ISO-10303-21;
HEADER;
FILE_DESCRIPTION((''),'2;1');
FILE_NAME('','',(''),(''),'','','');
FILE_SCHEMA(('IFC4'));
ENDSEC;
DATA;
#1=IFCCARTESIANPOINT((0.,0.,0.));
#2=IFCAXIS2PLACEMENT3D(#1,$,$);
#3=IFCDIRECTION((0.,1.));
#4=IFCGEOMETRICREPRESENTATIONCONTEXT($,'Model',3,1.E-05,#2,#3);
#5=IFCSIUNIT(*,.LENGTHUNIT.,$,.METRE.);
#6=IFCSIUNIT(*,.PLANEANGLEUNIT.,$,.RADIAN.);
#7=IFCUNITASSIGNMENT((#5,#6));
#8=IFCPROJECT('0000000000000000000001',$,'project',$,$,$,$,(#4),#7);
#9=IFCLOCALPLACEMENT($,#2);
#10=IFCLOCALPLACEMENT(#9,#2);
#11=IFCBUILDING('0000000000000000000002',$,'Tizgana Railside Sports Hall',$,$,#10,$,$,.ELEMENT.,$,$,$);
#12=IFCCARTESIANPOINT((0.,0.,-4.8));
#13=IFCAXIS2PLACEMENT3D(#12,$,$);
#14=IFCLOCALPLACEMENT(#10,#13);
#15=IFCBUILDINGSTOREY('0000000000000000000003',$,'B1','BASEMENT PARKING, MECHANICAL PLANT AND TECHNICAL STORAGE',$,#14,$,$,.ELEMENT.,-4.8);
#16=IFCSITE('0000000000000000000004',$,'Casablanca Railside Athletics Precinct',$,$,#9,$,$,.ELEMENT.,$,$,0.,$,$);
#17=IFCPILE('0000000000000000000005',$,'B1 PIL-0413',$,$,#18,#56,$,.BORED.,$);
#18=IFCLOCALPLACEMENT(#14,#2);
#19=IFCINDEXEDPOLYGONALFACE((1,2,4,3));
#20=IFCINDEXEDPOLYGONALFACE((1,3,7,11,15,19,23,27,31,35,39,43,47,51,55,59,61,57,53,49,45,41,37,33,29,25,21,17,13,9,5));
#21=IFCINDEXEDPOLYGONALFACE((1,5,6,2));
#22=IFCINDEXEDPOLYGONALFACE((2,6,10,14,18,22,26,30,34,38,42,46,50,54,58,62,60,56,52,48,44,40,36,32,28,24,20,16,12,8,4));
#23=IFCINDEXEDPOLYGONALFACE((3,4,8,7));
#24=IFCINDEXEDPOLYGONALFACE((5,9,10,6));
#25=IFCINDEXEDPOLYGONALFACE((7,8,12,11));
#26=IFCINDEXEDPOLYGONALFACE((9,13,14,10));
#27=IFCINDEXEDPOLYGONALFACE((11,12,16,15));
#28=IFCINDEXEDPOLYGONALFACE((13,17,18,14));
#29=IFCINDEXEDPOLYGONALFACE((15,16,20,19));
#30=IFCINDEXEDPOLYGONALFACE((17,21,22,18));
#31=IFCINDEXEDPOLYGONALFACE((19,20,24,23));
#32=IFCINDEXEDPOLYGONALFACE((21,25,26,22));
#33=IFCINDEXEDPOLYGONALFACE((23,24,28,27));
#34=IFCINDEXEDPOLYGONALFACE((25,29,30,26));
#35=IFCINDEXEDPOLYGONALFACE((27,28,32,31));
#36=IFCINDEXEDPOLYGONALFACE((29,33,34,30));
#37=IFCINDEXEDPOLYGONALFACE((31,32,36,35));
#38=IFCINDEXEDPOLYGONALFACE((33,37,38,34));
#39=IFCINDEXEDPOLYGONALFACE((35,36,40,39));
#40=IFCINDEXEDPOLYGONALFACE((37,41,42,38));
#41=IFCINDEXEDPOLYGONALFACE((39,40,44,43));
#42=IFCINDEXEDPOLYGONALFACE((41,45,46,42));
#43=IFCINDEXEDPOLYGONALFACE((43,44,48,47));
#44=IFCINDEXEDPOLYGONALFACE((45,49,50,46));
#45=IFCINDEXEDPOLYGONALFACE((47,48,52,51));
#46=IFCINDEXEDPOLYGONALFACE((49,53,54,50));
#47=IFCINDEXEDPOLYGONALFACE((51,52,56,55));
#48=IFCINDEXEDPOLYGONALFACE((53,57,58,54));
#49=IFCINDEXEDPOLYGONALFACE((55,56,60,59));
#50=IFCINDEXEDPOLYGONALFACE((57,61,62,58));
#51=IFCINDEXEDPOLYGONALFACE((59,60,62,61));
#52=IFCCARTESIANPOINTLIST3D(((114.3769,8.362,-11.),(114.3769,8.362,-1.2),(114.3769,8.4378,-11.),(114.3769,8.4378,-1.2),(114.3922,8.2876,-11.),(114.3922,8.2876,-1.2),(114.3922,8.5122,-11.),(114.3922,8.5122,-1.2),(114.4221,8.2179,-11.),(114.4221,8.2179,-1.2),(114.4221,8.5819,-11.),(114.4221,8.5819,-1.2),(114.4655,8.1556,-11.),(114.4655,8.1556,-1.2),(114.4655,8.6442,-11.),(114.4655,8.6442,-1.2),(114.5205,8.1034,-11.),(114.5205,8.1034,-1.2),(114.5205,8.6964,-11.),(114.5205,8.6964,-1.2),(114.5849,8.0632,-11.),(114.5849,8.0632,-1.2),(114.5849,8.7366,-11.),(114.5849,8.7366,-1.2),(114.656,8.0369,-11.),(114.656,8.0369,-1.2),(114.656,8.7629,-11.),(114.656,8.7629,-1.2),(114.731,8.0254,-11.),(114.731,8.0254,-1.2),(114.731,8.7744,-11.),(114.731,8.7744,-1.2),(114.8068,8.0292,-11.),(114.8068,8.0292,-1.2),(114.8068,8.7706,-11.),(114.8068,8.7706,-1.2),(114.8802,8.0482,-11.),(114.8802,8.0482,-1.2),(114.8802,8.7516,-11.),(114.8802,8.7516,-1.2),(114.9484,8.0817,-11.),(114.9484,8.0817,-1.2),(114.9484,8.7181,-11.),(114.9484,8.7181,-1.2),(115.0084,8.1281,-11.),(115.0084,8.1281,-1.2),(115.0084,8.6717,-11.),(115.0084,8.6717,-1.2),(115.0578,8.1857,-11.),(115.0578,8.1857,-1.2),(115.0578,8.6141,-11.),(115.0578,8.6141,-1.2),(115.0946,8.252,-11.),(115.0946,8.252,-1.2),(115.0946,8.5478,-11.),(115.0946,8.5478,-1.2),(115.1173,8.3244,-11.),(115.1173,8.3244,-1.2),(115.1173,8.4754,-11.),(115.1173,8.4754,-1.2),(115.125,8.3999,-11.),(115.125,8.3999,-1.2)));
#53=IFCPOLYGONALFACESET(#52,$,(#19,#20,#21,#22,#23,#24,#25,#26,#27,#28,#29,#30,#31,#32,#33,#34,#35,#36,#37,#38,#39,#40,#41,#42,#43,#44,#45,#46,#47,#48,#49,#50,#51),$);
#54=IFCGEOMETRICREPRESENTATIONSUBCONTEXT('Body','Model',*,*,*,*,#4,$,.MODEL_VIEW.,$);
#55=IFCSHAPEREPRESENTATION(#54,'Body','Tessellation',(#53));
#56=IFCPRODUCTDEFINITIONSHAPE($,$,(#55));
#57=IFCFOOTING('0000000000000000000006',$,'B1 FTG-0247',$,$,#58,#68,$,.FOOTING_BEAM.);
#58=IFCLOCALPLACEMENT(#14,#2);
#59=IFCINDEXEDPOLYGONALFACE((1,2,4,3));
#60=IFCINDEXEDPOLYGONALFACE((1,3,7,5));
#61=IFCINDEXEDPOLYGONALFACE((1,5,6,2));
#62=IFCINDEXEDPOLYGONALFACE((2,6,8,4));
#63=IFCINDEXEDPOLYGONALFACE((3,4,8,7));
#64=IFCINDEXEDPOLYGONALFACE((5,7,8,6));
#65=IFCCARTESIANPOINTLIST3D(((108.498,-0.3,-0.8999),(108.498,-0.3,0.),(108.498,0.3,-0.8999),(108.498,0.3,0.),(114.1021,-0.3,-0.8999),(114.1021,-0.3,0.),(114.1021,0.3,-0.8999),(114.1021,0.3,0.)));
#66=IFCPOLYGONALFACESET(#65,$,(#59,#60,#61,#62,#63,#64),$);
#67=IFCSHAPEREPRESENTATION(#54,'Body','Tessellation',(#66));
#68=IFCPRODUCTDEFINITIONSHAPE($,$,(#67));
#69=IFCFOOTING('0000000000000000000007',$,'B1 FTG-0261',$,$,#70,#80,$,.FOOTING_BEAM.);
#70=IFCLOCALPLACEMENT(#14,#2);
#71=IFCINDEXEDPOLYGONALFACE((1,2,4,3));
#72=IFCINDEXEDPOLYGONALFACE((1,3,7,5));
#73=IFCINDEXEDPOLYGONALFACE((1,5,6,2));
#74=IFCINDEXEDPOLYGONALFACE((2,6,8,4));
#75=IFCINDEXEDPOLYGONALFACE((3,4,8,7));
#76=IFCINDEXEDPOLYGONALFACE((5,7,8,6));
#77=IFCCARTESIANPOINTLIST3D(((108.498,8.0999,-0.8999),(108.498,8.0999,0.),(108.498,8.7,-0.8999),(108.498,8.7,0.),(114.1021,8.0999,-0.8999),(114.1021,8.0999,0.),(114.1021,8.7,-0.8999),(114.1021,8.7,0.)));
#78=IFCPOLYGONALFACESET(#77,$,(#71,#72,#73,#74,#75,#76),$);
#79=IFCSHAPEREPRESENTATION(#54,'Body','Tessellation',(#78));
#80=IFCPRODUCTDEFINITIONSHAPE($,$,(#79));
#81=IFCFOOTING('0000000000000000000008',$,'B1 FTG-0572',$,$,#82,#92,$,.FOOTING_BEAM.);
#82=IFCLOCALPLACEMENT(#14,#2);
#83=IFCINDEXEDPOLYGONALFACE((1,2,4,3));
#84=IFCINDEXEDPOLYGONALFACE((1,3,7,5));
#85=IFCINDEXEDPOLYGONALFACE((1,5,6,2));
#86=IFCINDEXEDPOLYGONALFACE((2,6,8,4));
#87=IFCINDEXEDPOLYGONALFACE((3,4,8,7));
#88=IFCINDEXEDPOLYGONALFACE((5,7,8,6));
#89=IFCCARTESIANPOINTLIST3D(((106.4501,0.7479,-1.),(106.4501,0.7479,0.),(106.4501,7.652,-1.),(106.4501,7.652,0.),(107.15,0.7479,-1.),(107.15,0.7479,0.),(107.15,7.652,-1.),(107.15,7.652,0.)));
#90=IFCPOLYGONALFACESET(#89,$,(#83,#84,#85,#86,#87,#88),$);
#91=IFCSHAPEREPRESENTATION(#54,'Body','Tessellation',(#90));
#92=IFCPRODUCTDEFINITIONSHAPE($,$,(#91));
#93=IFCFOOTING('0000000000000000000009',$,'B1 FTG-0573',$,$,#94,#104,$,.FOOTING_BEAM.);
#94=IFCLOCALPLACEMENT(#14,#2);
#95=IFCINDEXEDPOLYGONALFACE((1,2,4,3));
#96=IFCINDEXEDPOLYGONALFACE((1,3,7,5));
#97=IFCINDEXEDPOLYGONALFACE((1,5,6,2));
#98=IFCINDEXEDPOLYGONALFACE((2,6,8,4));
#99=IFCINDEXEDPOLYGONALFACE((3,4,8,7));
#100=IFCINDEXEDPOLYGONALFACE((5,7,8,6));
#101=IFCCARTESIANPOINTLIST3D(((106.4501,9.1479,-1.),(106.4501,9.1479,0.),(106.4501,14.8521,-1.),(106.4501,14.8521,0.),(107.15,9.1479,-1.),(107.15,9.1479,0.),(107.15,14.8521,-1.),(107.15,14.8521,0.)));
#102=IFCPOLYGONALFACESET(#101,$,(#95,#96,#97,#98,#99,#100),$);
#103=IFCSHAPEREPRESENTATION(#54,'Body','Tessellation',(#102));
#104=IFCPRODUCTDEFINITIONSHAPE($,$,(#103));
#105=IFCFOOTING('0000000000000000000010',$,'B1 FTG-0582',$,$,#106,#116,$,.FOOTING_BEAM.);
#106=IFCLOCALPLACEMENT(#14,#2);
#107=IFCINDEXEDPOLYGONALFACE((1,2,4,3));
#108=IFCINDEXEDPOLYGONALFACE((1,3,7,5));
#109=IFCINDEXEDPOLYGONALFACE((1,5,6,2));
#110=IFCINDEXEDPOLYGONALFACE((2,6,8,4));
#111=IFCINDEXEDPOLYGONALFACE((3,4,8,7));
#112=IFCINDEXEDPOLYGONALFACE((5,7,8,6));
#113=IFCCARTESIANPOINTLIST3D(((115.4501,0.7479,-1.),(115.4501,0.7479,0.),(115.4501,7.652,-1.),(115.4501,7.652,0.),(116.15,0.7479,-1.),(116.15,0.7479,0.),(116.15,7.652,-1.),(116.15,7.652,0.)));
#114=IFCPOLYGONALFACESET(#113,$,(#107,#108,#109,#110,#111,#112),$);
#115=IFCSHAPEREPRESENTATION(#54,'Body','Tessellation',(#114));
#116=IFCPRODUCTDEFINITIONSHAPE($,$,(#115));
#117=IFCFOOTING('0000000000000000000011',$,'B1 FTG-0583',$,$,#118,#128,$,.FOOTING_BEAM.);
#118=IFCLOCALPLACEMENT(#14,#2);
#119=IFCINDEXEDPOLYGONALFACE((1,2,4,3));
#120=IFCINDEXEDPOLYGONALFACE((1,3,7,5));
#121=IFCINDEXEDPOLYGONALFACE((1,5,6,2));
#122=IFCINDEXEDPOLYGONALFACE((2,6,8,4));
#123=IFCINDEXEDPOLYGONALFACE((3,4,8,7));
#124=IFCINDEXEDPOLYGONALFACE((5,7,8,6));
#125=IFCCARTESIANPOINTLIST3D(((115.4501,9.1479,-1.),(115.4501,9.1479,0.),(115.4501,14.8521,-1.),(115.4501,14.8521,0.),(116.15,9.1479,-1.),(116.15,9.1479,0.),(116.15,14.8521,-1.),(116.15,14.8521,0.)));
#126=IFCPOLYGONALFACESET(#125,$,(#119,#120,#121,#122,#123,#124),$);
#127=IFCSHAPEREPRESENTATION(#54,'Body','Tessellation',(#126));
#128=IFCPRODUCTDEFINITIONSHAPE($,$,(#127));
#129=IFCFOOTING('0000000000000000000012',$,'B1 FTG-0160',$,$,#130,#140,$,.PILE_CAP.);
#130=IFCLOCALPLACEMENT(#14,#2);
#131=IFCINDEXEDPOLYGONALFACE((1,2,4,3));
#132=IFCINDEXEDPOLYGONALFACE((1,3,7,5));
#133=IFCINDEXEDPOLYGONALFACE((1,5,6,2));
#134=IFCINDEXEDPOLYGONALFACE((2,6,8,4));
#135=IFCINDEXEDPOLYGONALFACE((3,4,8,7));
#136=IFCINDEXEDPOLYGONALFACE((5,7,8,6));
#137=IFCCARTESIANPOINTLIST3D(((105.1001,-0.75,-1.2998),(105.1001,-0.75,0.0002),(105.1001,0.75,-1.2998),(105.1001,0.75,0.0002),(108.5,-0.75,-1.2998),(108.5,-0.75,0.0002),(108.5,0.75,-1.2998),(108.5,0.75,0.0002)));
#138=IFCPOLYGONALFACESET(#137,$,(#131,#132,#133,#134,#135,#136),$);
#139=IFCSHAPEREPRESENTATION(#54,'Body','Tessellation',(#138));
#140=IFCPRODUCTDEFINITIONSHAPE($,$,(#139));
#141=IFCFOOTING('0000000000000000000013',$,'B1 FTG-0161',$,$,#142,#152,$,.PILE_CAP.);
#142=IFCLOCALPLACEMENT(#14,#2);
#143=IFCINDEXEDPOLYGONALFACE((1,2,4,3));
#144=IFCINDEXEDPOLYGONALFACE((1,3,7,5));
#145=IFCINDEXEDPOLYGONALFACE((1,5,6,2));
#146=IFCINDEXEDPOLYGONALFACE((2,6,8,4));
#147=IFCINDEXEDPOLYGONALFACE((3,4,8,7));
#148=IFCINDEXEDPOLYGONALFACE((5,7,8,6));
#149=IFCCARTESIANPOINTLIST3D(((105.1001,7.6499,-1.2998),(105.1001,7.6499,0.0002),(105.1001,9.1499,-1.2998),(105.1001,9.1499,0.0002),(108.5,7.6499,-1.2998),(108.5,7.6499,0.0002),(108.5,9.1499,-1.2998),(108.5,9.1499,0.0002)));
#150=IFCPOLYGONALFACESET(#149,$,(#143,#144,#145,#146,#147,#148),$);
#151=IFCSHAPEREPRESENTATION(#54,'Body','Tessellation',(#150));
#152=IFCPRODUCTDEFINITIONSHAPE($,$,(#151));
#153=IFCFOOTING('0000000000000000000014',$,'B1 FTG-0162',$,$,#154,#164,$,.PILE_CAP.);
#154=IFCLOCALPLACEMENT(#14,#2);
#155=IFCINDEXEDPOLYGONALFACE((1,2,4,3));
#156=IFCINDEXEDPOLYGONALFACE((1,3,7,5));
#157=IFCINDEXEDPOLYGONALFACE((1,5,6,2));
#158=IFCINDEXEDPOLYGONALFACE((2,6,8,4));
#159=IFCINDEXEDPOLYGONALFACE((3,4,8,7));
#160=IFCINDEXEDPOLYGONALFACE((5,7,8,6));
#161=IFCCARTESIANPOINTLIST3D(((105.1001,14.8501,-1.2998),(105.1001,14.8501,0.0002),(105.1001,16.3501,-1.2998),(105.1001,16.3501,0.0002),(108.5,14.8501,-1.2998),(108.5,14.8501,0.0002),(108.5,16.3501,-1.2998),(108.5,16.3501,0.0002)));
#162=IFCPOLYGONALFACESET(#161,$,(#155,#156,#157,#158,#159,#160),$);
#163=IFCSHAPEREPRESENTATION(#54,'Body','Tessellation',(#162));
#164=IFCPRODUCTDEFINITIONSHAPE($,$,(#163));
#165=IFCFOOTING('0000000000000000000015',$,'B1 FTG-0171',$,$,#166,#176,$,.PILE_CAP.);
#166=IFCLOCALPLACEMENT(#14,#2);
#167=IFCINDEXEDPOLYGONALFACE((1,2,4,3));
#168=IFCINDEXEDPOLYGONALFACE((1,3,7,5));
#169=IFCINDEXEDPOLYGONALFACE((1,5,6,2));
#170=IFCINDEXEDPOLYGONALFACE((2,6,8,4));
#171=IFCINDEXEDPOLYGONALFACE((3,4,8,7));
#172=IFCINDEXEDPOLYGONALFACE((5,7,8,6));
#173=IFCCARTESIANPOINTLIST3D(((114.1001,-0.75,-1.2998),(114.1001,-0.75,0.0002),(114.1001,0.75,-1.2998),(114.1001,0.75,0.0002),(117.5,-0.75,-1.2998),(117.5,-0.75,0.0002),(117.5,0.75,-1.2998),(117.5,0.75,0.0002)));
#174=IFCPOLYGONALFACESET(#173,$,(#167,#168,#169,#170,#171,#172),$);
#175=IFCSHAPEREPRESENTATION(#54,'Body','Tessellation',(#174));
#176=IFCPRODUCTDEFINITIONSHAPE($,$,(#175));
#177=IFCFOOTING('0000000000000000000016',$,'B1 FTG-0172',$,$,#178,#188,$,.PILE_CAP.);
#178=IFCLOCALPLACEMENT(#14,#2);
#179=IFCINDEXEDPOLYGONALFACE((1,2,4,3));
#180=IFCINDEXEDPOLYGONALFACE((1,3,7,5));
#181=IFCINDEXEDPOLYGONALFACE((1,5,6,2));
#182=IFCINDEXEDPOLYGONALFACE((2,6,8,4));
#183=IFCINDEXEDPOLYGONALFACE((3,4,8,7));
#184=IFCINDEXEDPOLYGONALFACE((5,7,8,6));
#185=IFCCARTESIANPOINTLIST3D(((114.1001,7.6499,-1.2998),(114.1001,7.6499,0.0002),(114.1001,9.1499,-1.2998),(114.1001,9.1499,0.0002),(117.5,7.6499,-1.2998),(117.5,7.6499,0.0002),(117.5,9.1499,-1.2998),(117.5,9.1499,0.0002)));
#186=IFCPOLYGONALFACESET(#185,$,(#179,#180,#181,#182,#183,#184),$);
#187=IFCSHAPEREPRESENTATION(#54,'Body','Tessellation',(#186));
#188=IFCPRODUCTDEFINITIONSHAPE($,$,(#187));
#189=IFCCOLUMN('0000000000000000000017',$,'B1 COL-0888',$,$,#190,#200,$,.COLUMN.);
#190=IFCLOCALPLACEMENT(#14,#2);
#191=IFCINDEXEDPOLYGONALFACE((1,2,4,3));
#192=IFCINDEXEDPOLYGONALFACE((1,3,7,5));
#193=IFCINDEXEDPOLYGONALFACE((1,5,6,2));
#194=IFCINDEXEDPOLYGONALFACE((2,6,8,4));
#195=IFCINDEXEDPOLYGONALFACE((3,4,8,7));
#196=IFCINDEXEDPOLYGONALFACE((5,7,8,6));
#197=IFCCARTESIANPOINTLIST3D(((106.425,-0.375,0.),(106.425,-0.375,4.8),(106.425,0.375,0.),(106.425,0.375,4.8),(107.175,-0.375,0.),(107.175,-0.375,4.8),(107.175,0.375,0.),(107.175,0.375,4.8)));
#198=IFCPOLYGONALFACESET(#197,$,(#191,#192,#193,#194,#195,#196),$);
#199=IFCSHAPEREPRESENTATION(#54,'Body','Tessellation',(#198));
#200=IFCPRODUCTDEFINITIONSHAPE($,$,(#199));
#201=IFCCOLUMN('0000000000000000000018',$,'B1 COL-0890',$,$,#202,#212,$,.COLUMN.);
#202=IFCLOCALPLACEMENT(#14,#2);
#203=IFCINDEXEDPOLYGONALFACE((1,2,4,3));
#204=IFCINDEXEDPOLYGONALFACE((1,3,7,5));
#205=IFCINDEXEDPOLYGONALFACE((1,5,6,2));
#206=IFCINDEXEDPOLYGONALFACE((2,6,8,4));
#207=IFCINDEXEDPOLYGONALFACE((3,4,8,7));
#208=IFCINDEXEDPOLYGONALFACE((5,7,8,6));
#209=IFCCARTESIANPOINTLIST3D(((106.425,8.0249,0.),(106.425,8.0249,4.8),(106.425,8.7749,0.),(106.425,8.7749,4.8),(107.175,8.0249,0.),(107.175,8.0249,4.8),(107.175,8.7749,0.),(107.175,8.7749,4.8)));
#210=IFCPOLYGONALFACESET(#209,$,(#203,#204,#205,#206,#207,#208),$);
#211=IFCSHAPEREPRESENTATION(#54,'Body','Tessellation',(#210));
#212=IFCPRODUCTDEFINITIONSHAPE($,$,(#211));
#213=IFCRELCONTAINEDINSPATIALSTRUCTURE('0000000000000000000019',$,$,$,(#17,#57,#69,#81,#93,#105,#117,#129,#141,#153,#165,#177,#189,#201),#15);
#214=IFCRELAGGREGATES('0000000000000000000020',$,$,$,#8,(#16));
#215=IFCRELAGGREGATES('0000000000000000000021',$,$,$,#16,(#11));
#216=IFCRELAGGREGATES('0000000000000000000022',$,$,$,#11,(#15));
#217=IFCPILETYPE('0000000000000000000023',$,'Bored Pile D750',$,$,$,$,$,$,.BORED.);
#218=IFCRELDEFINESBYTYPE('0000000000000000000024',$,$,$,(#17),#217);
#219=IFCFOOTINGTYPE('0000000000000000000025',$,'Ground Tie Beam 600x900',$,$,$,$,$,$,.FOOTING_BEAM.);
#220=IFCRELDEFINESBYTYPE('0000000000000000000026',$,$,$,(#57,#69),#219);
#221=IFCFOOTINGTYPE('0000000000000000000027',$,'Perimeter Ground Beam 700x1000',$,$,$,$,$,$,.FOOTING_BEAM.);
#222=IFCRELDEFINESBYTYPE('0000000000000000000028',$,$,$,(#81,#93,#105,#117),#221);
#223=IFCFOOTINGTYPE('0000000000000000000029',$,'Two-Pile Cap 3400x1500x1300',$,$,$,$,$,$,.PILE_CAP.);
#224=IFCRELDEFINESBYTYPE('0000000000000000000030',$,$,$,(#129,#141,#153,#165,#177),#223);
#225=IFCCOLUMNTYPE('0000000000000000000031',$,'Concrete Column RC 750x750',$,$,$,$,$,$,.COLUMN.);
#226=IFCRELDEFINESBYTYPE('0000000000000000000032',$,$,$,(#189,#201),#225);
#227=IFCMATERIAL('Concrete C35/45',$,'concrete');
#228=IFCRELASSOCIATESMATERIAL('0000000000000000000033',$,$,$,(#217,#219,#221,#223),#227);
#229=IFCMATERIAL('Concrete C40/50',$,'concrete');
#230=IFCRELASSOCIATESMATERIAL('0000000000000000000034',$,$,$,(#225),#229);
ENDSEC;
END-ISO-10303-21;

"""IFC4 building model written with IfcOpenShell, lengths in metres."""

from ifc_helpers import new_model, si_unit, direction, frame, origin, origin_2d, place, context, subcontext, project, spatial, rectangle, circle, extrude, material, material_profile, profile_set, type_object, element, save


model = new_model("IFC4")

# Units and contexts
model_context = context("Model", 3, precision=1e-05, world=origin(), true_north=direction((0.0, 1.0)))
body_context = subcontext(model_context, "Body", "Model", "MODEL_VIEW")
ifc_project = project(units=[si_unit("LENGTHUNIT", "METRE"), si_unit("PLANEANGLEUNIT", "RADIAN")], contexts=[model_context])

# Site, building, storey
site_placement = place(None, origin())
site = spatial("IfcSite", under=ifc_project, at=site_placement, Name="Casablanca Railside Athletics Precinct", CompositionType="ELEMENT", RefElevation=0.0)
building_placement = place(site_placement, origin())
building = spatial("IfcBuilding", under=site, at=building_placement, Name="Tizgana Railside Sports Hall", CompositionType="ELEMENT")
storey_placement = place(building_placement, frame((0.0, 0.0, -4.8)))
storey = spatial("IfcBuildingStorey", under=building, at=storey_placement, Name="B1", Description="BASEMENT PARKING, MECHANICAL PLANT AND TECHNICAL STORAGE", CompositionType="ELEMENT", Elevation=-4.8)

# Pile
ifc_material_1 = material(Name="Concrete C35/45", Category="concrete")
ifc_material_profile_1 = material_profile(ifc_material_1, circle(Radius=0.375, at=origin_2d()), Name="PILE D750")
ifc_profile_set_1 = profile_set([ifc_material_profile_1], Name="Concrete C35/45")
pile_type = type_object("IfcPileType", Name="Bored Pile D750", PredefinedType="BORED", material=ifc_profile_set_1)
for number, where, z_axis, x_axis, name in (
    (1, (114.75, 8.3999, -1.2), (0.0, 0.0, -1.0), (1.0, 0.0, 0.0), "B1 PIL-0413"),
):
    element("IfcPile", number, at=place(storey_placement, frame(where, z_axis=z_axis, x_axis=x_axis)), inside=storey, type_object=pile_type, Name=name, PredefinedType="BORED", context=body_context, shape_type="SweptSolid", body=[
        extrude(circle(Radius=0.375, at=origin_2d()), origin(), (0.0, 0.0, 1.0), 9.8),
    ])

# Footings
footing_type_1 = type_object("IfcFootingType", Name="Ground Tie Beam 600x900", PredefinedType="FOOTING_BEAM", material=ifc_material_1)
for number, where, z_axis, x_axis, name in (
    (2, (111.3, 0.0, -0.8999), (0.0, 0.0, 1.0), (1.0, 0.0, 0.0), "B1 FTG-0247"),
    (3, (111.3, 8.3999, -0.8999), (0.0, 0.0, 1.0), (1.0, 0.0, 0.0), "B1 FTG-0261"),
):
    element("IfcFooting", number, at=place(storey_placement, frame(where, z_axis=z_axis, x_axis=x_axis)), inside=storey, type_object=footing_type_1, Name=name, PredefinedType="FOOTING_BEAM", context=body_context, shape_type="SweptSolid", body=[
        extrude(rectangle(XDim=5.604, YDim=0.6001, at=origin_2d()), origin(), (0.0, 0.0, 1.0), 0.8999),
    ])
footing_type_2 = type_object("IfcFootingType", Name="Perimeter Ground Beam 700x1000", PredefinedType="FOOTING_BEAM", material=ifc_material_1)
footing_1_placement = place(storey_placement, frame((106.8, 4.2, -1.0), z_axis=(0.0, 0.0, 1.0), x_axis=(0.0, 1.0, 0.0)))
element("IfcFooting", 4, at=footing_1_placement, inside=storey, type_object=footing_type_2, Name="B1 FTG-0572", PredefinedType="FOOTING_BEAM", context=body_context, shape_type="SweptSolid", body=[
    extrude(rectangle(XDim=6.9041, YDim=0.7, at=origin_2d()), origin(), (0.0, 0.0, 1.0), 1.0),
])
footing_2_placement = place(storey_placement, frame((106.8, 12.0, -1.0), z_axis=(0.0, 0.0, 1.0), x_axis=(0.0, 1.0, 0.0)))
element("IfcFooting", 5, at=footing_2_placement, inside=storey, type_object=footing_type_2, Name="B1 FTG-0573", PredefinedType="FOOTING_BEAM", context=body_context, shape_type="SweptSolid", body=[
    extrude(rectangle(XDim=5.7041, YDim=0.7, at=origin_2d()), origin(), (0.0, 0.0, 1.0), 1.0),
])
footing_3_placement = place(storey_placement, frame((115.8, 4.2, -1.0), z_axis=(0.0, 0.0, 1.0), x_axis=(0.0, 1.0, 0.0)))
element("IfcFooting", 6, at=footing_3_placement, inside=storey, type_object=footing_type_2, Name="B1 FTG-0582", PredefinedType="FOOTING_BEAM", context=body_context, shape_type="SweptSolid", body=[
    extrude(rectangle(XDim=6.9041, YDim=0.7, at=origin_2d()), origin(), (0.0, 0.0, 1.0), 1.0),
])
footing_4_placement = place(storey_placement, frame((115.8, 12.0, -1.0), z_axis=(0.0, 0.0, 1.0), x_axis=(0.0, 1.0, 0.0)))
element("IfcFooting", 7, at=footing_4_placement, inside=storey, type_object=footing_type_2, Name="B1 FTG-0583", PredefinedType="FOOTING_BEAM", context=body_context, shape_type="SweptSolid", body=[
    extrude(rectangle(XDim=5.7041, YDim=0.7, at=origin_2d()), origin(), (0.0, 0.0, 1.0), 1.0),
])
footing_type_3 = type_object("IfcFootingType", Name="Two-Pile Cap 3400x1500x1300", PredefinedType="PILE_CAP", material=ifc_material_1)
for number, where, z_axis, x_axis, name in (
    (8, (106.8, 0.0, -1.2998), (0.0, 0.0, 1.0), (1.0, 0.0, 0.0), "B1 FTG-0160"),
    (9, (106.8, 8.3999, -1.2998), (0.0, 0.0, 1.0), (1.0, 0.0, 0.0), "B1 FTG-0161"),
    (10, (106.8, 15.6001, -1.2998), (0.0, 0.0, 1.0), (1.0, 0.0, 0.0), "B1 FTG-0162"),
    (11, (115.8, 0.0, -1.2998), (0.0, 0.0, 1.0), (1.0, 0.0, 0.0), "B1 FTG-0171"),
    (12, (115.8, 8.3999, -1.2998), (0.0, 0.0, 1.0), (1.0, 0.0, 0.0), "B1 FTG-0172"),
):
    element("IfcFooting", number, at=place(storey_placement, frame(where, z_axis=z_axis, x_axis=x_axis)), inside=storey, type_object=footing_type_3, Name=name, PredefinedType="PILE_CAP", context=body_context, shape_type="SweptSolid", body=[
        extrude(rectangle(XDim=3.3999, YDim=1.5, at=origin_2d()), origin(), (0.0, 0.0, 1.0), 1.3),
    ])

# Columns
ifc_material_2 = material(Name="Concrete C40/50", Category="concrete")
ifc_material_profile_2 = material_profile(ifc_material_2, rectangle(XDim=0.75, YDim=0.75, at=origin_2d()), Name="RC 750x750")
ifc_profile_set_2 = profile_set([ifc_material_profile_2], Name="Concrete C40/50")
column_type = type_object("IfcColumnType", Name="Concrete Column RC 750x750", PredefinedType="COLUMN", material=ifc_profile_set_2)
for number, where, z_axis, x_axis, name in (
    (13, (106.8, 0.0, 0.0), (0.0, 0.0, 1.0), (1.0, 0.0, 0.0), "B1 COL-0888"),
    (14, (106.8, 8.3999, 0.0), (0.0, 0.0, 1.0), (1.0, 0.0, 0.0), "B1 COL-0890"),
):
    element("IfcColumn", number, at=place(storey_placement, frame(where, z_axis=z_axis, x_axis=x_axis)), inside=storey, type_object=column_type, Name=name, PredefinedType="COLUMN", context=body_context, shape_type="SweptSolid", body=[
        extrude(rectangle(XDim=0.75, YDim=0.75, at=origin_2d()), origin(), (0.0, 0.0, 1.0), 4.8),
    ])

save(model, "model.ifc")
